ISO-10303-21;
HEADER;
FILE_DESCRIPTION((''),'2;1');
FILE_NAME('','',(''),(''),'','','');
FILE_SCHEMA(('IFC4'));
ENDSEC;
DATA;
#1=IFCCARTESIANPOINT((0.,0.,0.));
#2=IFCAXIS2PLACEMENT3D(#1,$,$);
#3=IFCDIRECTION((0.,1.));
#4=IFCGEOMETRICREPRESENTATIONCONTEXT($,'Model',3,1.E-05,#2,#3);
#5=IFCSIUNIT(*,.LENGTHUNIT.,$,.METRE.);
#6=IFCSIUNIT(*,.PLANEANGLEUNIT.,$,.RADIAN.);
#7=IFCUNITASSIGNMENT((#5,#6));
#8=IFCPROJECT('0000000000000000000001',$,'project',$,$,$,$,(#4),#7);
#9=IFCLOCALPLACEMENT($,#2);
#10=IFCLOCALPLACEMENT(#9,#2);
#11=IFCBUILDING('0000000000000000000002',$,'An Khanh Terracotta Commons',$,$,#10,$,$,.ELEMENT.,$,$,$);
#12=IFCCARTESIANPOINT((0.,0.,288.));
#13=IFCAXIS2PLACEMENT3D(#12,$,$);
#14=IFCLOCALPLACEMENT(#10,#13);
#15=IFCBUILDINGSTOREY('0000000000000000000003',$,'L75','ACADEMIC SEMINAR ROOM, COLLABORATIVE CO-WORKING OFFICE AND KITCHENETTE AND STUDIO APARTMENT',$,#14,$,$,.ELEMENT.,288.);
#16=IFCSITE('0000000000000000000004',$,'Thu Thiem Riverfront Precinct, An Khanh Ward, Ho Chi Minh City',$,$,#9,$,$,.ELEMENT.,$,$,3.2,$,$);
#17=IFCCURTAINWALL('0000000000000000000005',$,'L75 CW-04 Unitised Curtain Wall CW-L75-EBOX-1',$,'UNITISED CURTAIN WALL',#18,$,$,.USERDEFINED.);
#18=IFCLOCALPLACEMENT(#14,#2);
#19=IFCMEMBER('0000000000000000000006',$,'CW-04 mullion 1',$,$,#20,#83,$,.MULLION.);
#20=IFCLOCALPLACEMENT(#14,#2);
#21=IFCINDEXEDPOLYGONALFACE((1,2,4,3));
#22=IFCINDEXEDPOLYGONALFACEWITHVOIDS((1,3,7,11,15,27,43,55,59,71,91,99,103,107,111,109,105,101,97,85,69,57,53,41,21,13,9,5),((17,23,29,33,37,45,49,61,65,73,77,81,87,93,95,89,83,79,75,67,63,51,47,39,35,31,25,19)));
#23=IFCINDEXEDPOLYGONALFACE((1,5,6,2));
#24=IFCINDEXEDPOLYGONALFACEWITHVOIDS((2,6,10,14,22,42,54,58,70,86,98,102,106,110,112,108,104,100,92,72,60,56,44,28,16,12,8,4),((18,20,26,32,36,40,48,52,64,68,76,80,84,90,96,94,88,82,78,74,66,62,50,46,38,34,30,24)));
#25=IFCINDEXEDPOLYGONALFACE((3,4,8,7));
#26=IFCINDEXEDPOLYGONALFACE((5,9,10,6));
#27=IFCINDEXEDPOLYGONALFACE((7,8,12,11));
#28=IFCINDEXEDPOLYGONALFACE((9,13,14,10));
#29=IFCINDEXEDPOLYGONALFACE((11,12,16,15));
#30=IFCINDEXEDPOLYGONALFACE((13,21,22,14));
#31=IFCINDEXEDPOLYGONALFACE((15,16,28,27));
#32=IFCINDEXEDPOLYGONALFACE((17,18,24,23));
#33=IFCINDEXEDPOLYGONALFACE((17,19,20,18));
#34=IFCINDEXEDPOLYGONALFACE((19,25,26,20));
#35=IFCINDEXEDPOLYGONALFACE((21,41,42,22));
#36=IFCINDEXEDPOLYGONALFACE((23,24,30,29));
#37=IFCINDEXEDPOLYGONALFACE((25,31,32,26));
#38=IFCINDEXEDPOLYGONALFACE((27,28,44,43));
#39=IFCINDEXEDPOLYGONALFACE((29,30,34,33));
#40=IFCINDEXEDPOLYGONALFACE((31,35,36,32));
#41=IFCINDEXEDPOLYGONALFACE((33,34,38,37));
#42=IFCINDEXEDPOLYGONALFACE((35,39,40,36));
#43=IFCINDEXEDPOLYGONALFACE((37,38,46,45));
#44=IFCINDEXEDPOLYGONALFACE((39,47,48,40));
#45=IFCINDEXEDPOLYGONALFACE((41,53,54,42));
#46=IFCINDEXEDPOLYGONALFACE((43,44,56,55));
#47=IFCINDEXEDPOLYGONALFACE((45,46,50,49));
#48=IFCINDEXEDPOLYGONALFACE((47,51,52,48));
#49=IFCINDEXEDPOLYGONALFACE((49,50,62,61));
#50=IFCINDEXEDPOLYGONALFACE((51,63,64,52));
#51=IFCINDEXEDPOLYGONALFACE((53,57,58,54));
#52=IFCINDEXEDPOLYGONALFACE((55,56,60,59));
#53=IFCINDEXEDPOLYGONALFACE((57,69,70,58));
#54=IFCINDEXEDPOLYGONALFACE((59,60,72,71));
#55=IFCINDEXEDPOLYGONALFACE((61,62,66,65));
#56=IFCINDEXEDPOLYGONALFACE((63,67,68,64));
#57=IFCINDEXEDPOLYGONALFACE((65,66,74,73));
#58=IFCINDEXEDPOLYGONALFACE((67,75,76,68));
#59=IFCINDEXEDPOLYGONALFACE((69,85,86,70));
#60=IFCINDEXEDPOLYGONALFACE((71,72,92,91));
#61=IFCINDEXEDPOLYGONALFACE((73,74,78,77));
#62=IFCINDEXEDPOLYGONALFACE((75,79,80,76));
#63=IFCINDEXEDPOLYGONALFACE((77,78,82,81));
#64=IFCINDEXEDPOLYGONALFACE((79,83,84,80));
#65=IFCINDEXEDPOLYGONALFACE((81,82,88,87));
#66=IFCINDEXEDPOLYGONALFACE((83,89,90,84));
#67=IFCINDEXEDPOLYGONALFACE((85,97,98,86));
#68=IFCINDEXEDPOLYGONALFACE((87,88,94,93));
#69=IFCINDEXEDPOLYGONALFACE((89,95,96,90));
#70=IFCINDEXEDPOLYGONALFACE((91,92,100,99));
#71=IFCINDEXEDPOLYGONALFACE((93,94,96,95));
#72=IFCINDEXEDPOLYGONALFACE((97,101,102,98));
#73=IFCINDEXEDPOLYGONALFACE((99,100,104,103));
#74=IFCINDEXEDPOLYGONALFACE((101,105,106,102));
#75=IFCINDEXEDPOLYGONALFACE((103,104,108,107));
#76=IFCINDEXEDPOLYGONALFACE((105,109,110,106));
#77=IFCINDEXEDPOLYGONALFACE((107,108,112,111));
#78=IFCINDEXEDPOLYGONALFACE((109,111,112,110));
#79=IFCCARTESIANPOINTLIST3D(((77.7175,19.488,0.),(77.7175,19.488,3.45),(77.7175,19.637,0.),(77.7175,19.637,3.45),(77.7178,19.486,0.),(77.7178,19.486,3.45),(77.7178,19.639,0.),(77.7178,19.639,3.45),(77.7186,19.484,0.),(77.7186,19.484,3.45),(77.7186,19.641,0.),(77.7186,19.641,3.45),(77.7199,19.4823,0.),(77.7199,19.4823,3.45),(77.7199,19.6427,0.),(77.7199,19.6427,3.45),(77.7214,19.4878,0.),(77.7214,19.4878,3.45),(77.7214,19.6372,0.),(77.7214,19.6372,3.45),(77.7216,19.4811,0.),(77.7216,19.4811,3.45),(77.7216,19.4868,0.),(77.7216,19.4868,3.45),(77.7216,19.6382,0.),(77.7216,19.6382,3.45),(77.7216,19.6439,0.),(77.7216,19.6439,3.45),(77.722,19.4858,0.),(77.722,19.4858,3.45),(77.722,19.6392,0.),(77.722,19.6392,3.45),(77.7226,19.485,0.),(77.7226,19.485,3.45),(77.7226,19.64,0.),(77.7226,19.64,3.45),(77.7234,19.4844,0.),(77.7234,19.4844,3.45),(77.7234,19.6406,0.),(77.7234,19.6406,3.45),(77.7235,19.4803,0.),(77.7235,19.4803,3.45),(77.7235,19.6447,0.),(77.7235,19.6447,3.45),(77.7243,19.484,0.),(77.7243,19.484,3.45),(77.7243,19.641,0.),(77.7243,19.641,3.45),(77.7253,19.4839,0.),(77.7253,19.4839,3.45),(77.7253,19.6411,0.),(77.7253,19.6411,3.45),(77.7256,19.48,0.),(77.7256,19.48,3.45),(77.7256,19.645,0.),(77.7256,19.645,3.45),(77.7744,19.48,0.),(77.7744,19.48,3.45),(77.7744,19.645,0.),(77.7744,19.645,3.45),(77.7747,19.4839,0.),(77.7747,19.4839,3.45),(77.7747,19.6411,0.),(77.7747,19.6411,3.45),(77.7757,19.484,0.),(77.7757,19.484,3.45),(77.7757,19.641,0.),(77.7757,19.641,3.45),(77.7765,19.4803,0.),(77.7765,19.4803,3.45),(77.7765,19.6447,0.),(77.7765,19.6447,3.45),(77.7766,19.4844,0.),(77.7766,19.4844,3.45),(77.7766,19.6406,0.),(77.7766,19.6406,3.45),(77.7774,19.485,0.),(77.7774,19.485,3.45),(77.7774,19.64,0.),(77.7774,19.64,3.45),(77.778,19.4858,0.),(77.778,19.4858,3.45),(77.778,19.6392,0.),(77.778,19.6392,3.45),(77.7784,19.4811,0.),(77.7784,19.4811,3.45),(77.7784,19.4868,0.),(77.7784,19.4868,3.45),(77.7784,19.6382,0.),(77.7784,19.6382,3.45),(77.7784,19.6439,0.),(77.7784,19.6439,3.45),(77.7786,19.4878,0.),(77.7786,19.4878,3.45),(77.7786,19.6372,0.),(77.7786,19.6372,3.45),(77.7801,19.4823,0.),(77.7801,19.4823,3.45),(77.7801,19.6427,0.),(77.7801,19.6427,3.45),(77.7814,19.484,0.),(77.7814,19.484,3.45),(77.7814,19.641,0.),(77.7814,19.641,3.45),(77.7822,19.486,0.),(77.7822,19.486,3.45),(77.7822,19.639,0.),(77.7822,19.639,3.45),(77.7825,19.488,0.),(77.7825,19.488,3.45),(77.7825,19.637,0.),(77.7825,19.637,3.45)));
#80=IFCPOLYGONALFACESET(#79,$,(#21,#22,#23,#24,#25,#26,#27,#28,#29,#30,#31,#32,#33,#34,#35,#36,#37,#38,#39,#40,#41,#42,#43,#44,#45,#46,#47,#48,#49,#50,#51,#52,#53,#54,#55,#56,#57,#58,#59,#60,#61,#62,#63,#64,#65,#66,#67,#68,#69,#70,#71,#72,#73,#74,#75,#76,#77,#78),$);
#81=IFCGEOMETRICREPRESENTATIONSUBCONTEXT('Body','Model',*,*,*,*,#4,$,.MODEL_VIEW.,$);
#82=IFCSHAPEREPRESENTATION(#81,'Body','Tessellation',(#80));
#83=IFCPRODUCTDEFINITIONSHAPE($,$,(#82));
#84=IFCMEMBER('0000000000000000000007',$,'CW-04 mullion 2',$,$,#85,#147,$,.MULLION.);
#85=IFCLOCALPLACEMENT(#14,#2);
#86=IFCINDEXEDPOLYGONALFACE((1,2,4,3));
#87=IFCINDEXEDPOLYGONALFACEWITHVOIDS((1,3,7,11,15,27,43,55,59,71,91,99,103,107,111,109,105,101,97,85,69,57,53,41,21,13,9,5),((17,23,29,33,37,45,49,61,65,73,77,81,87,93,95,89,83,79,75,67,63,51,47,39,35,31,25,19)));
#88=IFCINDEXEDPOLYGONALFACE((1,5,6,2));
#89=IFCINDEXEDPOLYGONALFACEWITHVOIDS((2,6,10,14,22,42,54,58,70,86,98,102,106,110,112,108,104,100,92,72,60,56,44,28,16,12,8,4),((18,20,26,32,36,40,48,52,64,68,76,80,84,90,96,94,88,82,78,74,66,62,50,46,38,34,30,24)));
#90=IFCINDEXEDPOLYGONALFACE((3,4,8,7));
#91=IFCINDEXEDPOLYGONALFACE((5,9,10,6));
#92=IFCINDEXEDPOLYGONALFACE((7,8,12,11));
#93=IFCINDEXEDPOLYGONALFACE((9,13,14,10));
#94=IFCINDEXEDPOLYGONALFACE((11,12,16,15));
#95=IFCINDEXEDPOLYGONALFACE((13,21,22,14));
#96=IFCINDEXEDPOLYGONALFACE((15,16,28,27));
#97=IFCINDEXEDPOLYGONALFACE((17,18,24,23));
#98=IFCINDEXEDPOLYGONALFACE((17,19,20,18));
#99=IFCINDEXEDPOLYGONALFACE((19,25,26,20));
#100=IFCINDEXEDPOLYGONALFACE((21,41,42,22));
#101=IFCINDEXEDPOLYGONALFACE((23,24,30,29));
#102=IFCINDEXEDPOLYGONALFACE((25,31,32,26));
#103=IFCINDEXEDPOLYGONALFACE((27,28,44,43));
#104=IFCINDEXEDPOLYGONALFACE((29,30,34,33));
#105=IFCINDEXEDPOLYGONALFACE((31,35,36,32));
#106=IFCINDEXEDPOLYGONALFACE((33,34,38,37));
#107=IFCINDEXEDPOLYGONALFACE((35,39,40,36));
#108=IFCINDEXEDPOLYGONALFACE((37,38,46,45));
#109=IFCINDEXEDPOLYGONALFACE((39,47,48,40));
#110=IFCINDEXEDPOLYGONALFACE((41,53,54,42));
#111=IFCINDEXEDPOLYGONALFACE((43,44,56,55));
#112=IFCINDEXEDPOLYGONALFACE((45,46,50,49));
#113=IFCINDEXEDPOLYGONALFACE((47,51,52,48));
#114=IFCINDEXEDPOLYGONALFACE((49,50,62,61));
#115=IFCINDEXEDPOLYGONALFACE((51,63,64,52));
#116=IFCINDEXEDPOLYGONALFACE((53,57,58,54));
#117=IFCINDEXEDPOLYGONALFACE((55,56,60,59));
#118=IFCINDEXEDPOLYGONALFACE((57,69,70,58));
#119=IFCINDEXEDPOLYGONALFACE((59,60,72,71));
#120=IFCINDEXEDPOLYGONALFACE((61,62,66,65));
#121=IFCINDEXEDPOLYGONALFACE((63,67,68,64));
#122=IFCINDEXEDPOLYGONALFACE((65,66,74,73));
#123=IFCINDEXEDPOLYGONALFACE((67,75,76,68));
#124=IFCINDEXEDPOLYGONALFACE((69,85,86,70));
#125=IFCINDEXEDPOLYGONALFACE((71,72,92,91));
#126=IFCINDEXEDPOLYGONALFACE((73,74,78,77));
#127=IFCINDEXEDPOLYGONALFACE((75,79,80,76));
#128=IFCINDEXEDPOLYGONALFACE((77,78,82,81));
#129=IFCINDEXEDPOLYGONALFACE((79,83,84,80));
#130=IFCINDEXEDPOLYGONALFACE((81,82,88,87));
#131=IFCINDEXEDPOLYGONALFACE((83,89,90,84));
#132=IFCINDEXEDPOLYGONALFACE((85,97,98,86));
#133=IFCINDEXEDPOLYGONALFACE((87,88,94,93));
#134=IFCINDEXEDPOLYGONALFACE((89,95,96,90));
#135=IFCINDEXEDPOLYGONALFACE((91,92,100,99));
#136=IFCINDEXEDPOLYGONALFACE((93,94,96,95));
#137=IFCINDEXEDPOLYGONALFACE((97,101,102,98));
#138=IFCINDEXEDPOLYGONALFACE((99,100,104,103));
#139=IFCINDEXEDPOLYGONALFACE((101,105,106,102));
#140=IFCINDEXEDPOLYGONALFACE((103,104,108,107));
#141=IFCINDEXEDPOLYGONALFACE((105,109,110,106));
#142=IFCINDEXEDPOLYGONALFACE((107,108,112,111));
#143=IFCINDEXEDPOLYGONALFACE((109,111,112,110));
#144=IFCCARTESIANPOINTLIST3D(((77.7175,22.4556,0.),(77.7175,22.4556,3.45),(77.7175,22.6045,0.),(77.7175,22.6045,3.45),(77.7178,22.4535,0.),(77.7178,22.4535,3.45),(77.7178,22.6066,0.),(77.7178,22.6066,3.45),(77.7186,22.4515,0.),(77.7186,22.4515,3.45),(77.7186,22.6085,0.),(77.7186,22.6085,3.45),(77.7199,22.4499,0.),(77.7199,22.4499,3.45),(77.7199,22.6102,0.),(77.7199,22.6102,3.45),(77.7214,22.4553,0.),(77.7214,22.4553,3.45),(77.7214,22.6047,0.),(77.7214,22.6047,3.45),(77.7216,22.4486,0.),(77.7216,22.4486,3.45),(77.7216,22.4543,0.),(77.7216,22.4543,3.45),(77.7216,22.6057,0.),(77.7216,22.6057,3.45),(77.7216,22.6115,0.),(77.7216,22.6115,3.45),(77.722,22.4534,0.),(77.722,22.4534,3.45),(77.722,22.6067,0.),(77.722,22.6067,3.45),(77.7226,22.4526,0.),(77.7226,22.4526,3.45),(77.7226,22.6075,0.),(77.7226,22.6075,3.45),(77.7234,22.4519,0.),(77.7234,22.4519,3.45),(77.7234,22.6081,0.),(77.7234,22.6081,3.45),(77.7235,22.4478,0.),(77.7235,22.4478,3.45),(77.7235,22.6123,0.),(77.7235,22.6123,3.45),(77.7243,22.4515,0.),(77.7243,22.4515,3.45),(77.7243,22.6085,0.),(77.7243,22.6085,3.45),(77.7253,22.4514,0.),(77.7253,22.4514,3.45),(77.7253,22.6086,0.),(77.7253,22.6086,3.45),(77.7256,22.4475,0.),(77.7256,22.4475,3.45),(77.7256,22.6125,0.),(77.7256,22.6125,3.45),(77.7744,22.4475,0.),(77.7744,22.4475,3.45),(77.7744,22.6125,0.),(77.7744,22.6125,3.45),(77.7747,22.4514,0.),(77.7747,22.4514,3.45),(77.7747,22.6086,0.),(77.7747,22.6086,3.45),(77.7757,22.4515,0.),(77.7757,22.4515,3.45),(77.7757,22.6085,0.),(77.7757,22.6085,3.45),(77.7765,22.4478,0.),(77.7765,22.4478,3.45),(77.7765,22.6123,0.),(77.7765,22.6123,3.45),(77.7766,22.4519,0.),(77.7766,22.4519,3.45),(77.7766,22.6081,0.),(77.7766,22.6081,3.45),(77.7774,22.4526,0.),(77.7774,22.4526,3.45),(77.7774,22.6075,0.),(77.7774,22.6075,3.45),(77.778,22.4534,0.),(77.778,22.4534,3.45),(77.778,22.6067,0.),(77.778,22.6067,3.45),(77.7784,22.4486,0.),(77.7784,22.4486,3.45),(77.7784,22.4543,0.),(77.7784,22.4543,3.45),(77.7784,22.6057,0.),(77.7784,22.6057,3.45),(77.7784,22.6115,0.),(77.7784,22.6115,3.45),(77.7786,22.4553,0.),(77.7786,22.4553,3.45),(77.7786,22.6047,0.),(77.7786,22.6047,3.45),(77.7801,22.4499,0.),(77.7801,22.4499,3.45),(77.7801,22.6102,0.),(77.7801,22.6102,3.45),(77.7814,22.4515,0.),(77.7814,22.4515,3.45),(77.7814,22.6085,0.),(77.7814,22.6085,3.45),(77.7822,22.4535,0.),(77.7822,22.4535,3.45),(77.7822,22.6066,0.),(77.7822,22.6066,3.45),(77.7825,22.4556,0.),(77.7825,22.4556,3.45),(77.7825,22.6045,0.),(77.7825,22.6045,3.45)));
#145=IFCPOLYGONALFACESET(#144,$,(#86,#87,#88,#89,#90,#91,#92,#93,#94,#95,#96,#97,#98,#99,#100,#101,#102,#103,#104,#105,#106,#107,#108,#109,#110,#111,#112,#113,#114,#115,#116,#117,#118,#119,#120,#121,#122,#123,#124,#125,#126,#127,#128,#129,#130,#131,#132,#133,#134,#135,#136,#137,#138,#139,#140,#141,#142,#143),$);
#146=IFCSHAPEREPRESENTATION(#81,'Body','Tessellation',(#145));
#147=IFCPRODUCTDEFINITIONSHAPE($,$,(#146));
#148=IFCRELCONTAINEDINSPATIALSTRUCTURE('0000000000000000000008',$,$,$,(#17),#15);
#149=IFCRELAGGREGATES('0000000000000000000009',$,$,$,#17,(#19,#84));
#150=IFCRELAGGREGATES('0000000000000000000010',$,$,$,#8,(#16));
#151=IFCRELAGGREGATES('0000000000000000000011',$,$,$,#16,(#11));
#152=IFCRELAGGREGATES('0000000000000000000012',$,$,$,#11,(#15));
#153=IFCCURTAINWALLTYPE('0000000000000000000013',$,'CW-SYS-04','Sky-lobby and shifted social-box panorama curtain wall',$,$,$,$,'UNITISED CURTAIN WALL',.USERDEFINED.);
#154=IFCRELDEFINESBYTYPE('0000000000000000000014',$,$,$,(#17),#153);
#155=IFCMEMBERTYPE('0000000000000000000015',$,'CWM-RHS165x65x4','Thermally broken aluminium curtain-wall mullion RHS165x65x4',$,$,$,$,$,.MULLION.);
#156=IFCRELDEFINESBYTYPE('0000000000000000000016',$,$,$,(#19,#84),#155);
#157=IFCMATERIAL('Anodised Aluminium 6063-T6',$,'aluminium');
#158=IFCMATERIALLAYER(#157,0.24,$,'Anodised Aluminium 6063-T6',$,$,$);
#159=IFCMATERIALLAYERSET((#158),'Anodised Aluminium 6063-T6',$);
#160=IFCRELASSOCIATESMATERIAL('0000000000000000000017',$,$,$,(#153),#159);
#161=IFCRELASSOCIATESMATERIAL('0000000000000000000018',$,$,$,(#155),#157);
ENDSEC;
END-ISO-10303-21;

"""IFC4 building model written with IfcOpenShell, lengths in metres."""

from ifc_helpers import new_model, si_unit, direction, frame, origin, origin_2d, place, context, subcontext, project, spatial, hollow_rectangle, extrude, material, layer, layer_set, material_profile, profile_set, type_object, element, aggregate, save


model = new_model("IFC4")

# Units and contexts
model_context = context("Model", 3, precision=1e-05, world=origin(), true_north=direction((0.0, 1.0)))
body_context = subcontext(model_context, "Body", "Model", "MODEL_VIEW")
ifc_project = project(units=[si_unit("LENGTHUNIT", "METRE"), si_unit("PLANEANGLEUNIT", "RADIAN")], contexts=[model_context])

# Site, building, storey
site_placement = place(None, origin())
site = spatial("IfcSite", under=ifc_project, at=site_placement, Name="Thu Thiem Riverfront Precinct, An Khanh Ward, Ho Chi Minh City", CompositionType="ELEMENT", RefElevation=3.2)
building_placement = place(site_placement, origin())
building = spatial("IfcBuilding", under=site, at=building_placement, Name="An Khanh Terracotta Commons", CompositionType="ELEMENT")
storey_placement = place(building_placement, frame((0.0, 0.0, 288.0)))
storey = spatial("IfcBuildingStorey", under=building, at=storey_placement, Name="L75", Description="ACADEMIC SEMINAR ROOM, COLLABORATIVE CO-WORKING OFFICE AND KITCHENETTE AND STUDIO APARTMENT", CompositionType="ELEMENT", Elevation=288.0)

# Curtain wall, members
ifc_material_1 = material(Name="Anodised Aluminium 6063-T6", Category="aluminium")
ifc_layer_1 = layer(ifc_material_1, 0.24, Name="Anodised Aluminium 6063-T6")
ifc_layer_set_1 = layer_set([ifc_layer_1], Name="Anodised Aluminium 6063-T6")
curtain_wall_type_1 = type_object("IfcCurtainWallType", Name="CW-SYS-04", Description="Sky-lobby and shifted social-box panorama curtain wall", ElementType="UNITISED CURTAIN WALL", PredefinedType="USERDEFINED", material=ifc_layer_set_1)
curtain_wall_1_placement = place(storey_placement, origin())
curtain_wall_1 = element("IfcCurtainWall", 1, at=curtain_wall_1_placement, inside=storey, type_object=curtain_wall_type_1, Name="L75 CW-04 Unitised Curtain Wall CW-L75-EBOX-1", ObjectType="UNITISED CURTAIN WALL", PredefinedType="USERDEFINED")
ifc_material_profile_1 = material_profile(ifc_material_1, hollow_rectangle(XDim=0.0649, YDim=0.165, WallThickness=0.0039, InnerFilletRadius=0.0039, OuterFilletRadius=0.0081, at=origin_2d()), Name="RHS165x65x4")
ifc_profile_set_1 = profile_set([ifc_material_profile_1], Name="Anodised Aluminium 6063-T6")
member_type_1 = type_object("IfcMemberType", Name="CWM-RHS165x65x4", Description="Thermally broken aluminium curtain-wall mullion RHS165x65x4", PredefinedType="MULLION", material=ifc_profile_set_1)
member_1_placement = place(storey_placement, frame((77.75, 19.5625, 0.0), z_axis=(0.0, 0.0, 1.0), x_axis=(-1.0, 0.0, 0.0)))
member_1 = element("IfcMember", 2, at=member_1_placement, type_object=member_type_1, Name="CW-04 mullion 1", PredefinedType="MULLION", context=body_context, shape_type="SweptSolid", body=[
    extrude(hollow_rectangle(XDim=0.0649, YDim=0.165, WallThickness=0.0039, InnerFilletRadius=0.0039, OuterFilletRadius=0.0081, at=origin_2d()), origin(), (0.0, 0.0, 1.0), 3.45),
])
member_2_placement = place(storey_placement, frame((77.75, 22.53, 0.0), z_axis=(0.0, 0.0, 1.0), x_axis=(-1.0, 0.0, 0.0)))
member_2 = element("IfcMember", 3, at=member_2_placement, type_object=member_type_1, Name="CW-04 mullion 2", PredefinedType="MULLION", context=body_context, shape_type="SweptSolid", body=[
    extrude(hollow_rectangle(XDim=0.0649, YDim=0.165, WallThickness=0.0039, InnerFilletRadius=0.0039, OuterFilletRadius=0.0081, at=origin_2d()), origin(), (0.0, 0.0, 1.0), 3.45),
])

aggregate(curtain_wall_1, [member_1, member_2])

save(model, "model.ifc")
